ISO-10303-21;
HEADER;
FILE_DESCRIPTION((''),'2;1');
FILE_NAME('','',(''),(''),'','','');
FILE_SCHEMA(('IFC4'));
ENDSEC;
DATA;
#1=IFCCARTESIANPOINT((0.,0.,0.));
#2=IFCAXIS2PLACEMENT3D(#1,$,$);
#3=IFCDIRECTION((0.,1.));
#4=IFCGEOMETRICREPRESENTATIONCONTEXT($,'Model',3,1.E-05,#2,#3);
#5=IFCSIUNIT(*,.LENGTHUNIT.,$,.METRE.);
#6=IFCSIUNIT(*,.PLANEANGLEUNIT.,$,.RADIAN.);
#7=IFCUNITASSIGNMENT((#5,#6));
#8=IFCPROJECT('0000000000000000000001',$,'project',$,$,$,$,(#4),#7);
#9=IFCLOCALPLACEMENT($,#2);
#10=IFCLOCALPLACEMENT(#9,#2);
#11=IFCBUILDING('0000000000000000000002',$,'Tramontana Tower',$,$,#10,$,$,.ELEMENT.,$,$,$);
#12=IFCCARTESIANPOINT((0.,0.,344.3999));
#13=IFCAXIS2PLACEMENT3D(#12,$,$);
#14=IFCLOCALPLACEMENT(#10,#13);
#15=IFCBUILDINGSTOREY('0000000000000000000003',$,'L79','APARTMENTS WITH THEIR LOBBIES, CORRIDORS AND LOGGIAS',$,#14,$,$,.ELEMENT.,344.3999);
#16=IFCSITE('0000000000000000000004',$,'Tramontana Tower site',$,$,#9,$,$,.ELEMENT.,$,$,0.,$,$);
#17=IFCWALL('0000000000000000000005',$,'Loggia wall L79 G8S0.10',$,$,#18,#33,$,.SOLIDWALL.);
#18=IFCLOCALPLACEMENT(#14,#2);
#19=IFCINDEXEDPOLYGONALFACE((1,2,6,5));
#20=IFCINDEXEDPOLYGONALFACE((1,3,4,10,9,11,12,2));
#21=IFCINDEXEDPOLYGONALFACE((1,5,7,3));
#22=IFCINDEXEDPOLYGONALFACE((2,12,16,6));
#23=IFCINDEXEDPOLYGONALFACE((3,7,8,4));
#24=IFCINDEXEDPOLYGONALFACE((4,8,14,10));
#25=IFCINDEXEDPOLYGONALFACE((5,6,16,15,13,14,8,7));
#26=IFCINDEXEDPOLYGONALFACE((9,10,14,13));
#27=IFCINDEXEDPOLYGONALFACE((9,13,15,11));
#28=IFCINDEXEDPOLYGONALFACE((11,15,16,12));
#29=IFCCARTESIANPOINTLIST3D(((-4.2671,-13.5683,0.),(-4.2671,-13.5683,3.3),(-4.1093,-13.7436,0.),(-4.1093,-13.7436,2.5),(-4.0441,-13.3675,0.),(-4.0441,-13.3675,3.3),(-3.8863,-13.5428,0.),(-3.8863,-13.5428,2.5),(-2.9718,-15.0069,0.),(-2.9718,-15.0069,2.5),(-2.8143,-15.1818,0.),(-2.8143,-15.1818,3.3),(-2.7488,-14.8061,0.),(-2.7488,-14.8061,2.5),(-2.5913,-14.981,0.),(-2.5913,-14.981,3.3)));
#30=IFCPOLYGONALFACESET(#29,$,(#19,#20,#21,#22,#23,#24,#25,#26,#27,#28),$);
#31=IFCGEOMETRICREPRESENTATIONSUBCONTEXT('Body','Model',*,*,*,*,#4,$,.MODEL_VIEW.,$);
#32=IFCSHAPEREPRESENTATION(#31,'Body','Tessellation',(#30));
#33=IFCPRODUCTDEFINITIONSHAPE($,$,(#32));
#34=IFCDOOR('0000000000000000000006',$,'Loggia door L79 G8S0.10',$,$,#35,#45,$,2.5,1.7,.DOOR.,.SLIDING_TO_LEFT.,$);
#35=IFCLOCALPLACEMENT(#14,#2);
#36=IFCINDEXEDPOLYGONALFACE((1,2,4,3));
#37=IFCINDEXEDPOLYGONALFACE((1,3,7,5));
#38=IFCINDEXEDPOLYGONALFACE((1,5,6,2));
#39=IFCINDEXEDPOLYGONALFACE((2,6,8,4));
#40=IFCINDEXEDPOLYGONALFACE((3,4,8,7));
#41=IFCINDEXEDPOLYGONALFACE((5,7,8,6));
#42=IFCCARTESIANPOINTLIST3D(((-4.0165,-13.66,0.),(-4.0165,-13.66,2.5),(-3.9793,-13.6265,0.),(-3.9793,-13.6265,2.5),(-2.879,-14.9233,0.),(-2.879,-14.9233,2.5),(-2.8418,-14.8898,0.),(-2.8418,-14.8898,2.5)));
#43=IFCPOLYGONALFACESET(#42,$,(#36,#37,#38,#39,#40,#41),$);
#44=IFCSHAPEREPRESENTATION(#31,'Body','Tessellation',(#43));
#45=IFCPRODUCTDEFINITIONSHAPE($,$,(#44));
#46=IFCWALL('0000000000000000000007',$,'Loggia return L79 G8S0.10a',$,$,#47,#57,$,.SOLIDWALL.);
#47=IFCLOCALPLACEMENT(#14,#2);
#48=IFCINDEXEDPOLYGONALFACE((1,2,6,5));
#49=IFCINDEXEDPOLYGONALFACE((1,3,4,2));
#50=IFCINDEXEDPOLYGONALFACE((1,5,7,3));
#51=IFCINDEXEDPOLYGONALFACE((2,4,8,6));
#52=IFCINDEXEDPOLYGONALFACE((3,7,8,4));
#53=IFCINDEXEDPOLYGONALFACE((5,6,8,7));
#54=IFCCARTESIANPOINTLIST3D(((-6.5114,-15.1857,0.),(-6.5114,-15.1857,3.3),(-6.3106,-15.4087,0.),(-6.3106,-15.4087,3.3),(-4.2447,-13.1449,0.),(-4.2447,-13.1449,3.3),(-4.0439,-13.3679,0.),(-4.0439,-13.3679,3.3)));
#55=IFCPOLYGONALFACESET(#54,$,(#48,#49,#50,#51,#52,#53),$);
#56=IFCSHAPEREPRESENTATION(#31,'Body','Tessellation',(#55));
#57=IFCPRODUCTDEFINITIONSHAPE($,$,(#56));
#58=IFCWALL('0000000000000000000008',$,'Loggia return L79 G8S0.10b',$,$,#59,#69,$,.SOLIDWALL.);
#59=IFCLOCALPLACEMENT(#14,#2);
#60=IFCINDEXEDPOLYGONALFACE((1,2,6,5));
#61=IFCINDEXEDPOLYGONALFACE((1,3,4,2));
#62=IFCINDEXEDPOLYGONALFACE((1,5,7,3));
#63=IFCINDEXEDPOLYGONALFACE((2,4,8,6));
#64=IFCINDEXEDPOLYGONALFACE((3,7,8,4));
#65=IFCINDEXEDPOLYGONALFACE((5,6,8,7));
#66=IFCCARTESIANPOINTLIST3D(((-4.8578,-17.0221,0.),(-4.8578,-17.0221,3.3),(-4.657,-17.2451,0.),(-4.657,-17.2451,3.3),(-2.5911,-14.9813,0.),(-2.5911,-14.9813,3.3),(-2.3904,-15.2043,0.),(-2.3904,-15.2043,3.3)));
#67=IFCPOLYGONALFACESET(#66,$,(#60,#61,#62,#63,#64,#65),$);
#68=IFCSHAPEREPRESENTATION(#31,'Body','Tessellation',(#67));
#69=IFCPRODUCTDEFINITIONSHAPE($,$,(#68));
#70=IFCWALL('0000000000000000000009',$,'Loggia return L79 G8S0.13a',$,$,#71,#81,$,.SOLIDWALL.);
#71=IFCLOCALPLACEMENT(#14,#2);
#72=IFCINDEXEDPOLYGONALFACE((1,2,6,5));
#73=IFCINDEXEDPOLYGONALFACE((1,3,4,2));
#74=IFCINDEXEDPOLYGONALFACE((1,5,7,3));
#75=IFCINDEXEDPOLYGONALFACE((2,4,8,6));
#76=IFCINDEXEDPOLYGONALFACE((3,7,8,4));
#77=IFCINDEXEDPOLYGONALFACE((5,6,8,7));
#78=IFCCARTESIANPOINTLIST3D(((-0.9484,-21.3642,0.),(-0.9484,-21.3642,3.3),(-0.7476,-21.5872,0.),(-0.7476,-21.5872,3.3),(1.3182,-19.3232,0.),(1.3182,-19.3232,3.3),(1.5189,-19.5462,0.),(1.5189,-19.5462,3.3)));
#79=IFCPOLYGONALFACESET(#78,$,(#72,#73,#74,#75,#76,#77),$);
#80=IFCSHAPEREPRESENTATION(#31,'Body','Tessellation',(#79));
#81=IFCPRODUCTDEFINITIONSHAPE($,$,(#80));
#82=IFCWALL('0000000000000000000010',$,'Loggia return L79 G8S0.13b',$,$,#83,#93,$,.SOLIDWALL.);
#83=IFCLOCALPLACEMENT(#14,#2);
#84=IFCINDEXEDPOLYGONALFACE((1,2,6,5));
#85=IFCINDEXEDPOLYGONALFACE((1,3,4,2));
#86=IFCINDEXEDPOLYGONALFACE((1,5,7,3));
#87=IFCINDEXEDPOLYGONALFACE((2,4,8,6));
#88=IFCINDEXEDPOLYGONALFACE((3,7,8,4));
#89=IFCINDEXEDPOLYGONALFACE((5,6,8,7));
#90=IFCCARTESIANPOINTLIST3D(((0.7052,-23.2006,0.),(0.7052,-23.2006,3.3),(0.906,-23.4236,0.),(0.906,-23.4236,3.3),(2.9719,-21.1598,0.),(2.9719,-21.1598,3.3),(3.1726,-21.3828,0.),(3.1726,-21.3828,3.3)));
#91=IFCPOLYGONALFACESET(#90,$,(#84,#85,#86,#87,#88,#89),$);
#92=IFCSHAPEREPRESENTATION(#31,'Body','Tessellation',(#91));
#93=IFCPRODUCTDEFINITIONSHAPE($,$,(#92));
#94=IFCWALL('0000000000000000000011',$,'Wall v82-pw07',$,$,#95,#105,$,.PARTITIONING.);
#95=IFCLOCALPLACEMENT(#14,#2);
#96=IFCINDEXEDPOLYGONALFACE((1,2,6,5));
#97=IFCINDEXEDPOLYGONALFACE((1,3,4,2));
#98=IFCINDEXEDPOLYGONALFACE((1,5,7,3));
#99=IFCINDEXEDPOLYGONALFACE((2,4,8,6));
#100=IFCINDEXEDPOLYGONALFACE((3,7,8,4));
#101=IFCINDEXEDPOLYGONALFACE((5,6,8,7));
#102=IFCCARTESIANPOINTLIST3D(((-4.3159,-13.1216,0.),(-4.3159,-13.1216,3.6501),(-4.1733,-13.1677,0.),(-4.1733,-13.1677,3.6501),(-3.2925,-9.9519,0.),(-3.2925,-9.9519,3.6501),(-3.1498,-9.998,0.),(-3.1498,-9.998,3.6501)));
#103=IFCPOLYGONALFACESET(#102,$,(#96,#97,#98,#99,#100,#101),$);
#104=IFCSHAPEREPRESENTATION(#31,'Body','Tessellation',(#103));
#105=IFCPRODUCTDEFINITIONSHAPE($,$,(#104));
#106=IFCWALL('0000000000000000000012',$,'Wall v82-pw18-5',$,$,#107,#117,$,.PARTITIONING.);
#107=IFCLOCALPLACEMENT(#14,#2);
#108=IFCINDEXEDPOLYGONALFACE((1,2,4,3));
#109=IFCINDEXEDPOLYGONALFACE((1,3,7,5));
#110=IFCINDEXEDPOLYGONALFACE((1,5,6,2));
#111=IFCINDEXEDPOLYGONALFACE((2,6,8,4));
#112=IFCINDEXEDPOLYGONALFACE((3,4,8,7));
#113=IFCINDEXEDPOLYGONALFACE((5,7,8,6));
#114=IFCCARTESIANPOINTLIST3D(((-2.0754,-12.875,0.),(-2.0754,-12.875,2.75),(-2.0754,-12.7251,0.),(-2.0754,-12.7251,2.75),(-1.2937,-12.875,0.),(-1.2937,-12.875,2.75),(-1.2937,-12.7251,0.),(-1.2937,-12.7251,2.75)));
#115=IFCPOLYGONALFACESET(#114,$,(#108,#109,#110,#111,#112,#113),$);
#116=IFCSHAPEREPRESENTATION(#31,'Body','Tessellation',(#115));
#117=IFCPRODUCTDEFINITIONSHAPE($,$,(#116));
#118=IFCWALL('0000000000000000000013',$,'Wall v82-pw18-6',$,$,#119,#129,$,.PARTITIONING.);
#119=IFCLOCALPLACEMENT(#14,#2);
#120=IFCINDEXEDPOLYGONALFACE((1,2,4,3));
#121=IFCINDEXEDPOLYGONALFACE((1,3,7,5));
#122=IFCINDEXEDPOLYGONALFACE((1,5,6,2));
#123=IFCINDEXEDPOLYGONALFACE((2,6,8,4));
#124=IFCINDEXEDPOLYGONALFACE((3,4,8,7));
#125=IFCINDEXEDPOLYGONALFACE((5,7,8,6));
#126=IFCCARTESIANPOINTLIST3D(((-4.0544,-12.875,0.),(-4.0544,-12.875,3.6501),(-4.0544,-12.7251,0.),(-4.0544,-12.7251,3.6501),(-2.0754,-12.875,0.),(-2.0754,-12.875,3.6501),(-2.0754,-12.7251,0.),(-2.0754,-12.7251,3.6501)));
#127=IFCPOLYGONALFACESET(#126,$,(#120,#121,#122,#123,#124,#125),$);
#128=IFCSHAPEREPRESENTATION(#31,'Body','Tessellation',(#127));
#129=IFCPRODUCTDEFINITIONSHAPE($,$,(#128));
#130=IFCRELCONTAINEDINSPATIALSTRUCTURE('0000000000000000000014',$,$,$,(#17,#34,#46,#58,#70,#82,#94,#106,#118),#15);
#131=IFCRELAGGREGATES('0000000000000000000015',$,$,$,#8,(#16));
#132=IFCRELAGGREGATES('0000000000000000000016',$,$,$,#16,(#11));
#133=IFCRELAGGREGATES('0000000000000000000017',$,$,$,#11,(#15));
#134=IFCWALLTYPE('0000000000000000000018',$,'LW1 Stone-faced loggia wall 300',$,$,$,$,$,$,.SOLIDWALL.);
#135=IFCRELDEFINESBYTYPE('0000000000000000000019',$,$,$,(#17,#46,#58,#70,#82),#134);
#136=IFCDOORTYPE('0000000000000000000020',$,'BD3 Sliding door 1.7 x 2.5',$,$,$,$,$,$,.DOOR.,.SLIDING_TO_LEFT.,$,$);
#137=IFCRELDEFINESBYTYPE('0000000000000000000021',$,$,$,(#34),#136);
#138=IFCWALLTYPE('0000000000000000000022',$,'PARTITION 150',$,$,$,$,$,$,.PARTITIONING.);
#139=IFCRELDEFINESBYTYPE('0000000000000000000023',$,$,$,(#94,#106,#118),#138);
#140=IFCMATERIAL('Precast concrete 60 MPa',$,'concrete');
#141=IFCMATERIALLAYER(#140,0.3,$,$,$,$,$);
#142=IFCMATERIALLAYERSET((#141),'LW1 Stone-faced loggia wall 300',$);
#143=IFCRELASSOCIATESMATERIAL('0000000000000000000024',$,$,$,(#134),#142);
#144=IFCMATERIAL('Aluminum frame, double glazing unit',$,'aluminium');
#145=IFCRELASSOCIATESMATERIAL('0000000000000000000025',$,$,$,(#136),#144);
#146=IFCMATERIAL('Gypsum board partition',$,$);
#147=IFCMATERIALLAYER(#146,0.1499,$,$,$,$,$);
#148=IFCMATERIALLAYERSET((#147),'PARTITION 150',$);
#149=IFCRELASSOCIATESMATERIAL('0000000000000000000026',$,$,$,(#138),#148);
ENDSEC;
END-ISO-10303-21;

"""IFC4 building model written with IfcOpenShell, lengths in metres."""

from ifc_helpers import new_model, si_unit, direction, frame, frame_2d, origin, place, context, subcontext, project, spatial, rectangle, extrude, material, layer, layer_set, type_object, element, fill, save


model = new_model("IFC4")

# Units and contexts
model_context = context("Model", 3, precision=1e-05, world=origin(), true_north=direction((0.0, 1.0)))
body_context = subcontext(model_context, "Body", "Model", "MODEL_VIEW")
ifc_project = project(units=[si_unit("LENGTHUNIT", "METRE"), si_unit("PLANEANGLEUNIT", "RADIAN")], contexts=[model_context])

# Site, building, storey
site_placement = place(None, origin())
site = spatial("IfcSite", under=ifc_project, at=site_placement, Name="Tramontana Tower site", CompositionType="ELEMENT", RefElevation=0.0)
building_placement = place(site_placement, origin())
building = spatial("IfcBuilding", under=site, at=building_placement, Name="Tramontana Tower", CompositionType="ELEMENT")
storey_placement = place(building_placement, frame((0.0, 0.0, 344.3999)))
storey = spatial("IfcBuildingStorey", under=building, at=storey_placement, Name="L79", Description="APARTMENTS WITH THEIR LOBBIES, CORRIDORS AND LOGGIAS", CompositionType="ELEMENT", Elevation=344.3999)

# Wall, opening, door
ifc_material_1 = material(Name="Precast concrete 60 MPa", Category="concrete")
ifc_layer_1 = layer(ifc_material_1, 0.3)
ifc_layer_set_1 = layer_set([ifc_layer_1], Name="LW1 Stone-faced loggia wall 300")
wall_type_1 = type_object("IfcWallType", Name="LW1 Stone-faced loggia wall 300", PredefinedType="SOLIDWALL", material=ifc_layer_set_1)
wall_1_placement = place(storey_placement, frame((-4.1555, -13.468, 0.0), z_axis=(0.0, 0.0, 1.0), x_axis=(0.669145, -0.743132, 0.0)))
wall_1 = element("IfcWall", 1, at=wall_1_placement, inside=storey, type_object=wall_type_1, Name="Loggia wall L79 G8S0.10", PredefinedType="SOLIDWALL", context=body_context, shape_type="SweptSolid", body=[
    extrude(rectangle(XDim=2.1711, YDim=0.3, at=frame_2d((1.0854, 0.0))), origin(), (0.0, 0.0, 1.0), 3.3),
])
opening_1_placement = place(wall_1_placement, frame((0.2356, 0.0, 0.0)))
opening_1 = element("IfcOpeningElement", 2, at=opening_1_placement, cuts=wall_1, PredefinedType="OPENING", context=body_context, shape_type="SweptSolid", body=[
    extrude(rectangle(XDim=1.7, YDim=2.5, at=frame_2d((0.8501, 1.25))), frame((0.0, 0.1599, 0.0), z_axis=(0.0, -1.0, 0.0), x_axis=(1.0, 0.0, 0.0)), (0.0, 0.0, 1.0), 0.3201),
])
ifc_material_2 = material(Name="Aluminum frame, double glazing unit", Category="aluminium")
door_type_1 = type_object("IfcDoorType", Name="BD3 Sliding door 1.7 x 2.5", OperationType="SLIDING_TO_LEFT", PredefinedType="DOOR", material=ifc_material_2)
door_1_placement = place(opening_1_placement, origin())
door_1 = element("IfcDoor", 3, at=door_1_placement, inside=storey, type_object=door_type_1, Name="Loggia door L79 G8S0.10", OperationType="SLIDING_TO_LEFT", OverallHeight=2.5, OverallWidth=1.7, PredefinedType="DOOR", context=body_context, shape_type="SweptSolid", body=[
    extrude(rectangle(XDim=1.7, YDim=2.5, at=frame_2d((0.8501, 1.25))), frame((0.0, 0.0249, 0.0), z_axis=(0.0, -1.0, 0.0), x_axis=(1.0, 0.0, 0.0)), (0.0, 0.0, 1.0), 0.05),
])
fill(opening_1, door_1)

# Walls
for number, where, z_axis, x_axis, name in (
    (4, (-6.4109, -15.2971, 0.0), (0.0, 0.0, 1.0), (0.743159, 0.669115, 0.0), "Loggia return L79 G8S0.10a"),
    (5, (-4.7573, -17.1335, 0.0), (0.0, 0.0, 1.0), (0.743159, 0.669115, 0.0), "Loggia return L79 G8S0.10b"),
    (6, (-0.8479, -21.4756, 0.0), (0.0, 0.0, 1.0), (0.743119, 0.669159, 0.0), "Loggia return L79 G8S0.13a"),
    (7, (0.8057, -23.312, 0.0), (0.0, 0.0, 1.0), (0.743159, 0.669115, 0.0), "Loggia return L79 G8S0.13b"),
):
    element("IfcWall", number, at=place(storey_placement, frame(where, z_axis=z_axis, x_axis=x_axis)), inside=storey, type_object=wall_type_1, Name=name, PredefinedType="SOLIDWALL", context=body_context, shape_type="SweptSolid", body=[
        extrude(rectangle(XDim=3.05, YDim=0.3, at=frame_2d((1.5249, 0.0))), origin(), (0.0, 0.0, 1.0), 3.3),
    ])
ifc_material_3 = material(Name="Gypsum board partition")
ifc_layer_2 = layer(ifc_material_3, 0.1499)
ifc_layer_set_2 = layer_set([ifc_layer_2], Name="PARTITION 150")
wall_type_2 = type_object("IfcWallType", Name="PARTITION 150", PredefinedType="PARTITIONING", material=ifc_layer_set_2)
wall_2_placement = place(storey_placement, frame((-4.2446, -13.1448, 0.0), z_axis=(0.0, 0.0, 1.0), x_axis=(0.307264, 0.951624, 0.0)))
element("IfcWall", 8, at=wall_2_placement, inside=storey, type_object=wall_type_2, Name="Wall v82-pw07", PredefinedType="PARTITIONING", context=body_context, shape_type="SweptSolid", body=[
    extrude(rectangle(XDim=3.3308, YDim=0.1499, at=frame_2d((1.6655, 0.0))), origin(), (0.0, 0.0, 1.0), 3.6501),
])

# Walls
wall_3_placement = place(storey_placement, frame((-1.2937, -12.8, 0.0), z_axis=(0.0, 0.0, 1.0), x_axis=(-1.0, 0.0, 0.0)))
element("IfcWall", 9, at=wall_3_placement, inside=storey, type_object=wall_type_2, Name="Wall v82-pw18-5", PredefinedType="PARTITIONING", context=body_context, shape_type="SweptSolid", body=[
    extrude(rectangle(XDim=0.7817, YDim=0.1499, at=frame_2d((0.3909, 0.0))), origin(), (0.0, 0.0, 1.0), 2.75),
])
wall_4_placement = place(storey_placement, frame((-2.0754, -12.8, 0.0), z_axis=(0.0, 0.0, 1.0), x_axis=(-1.0, 0.0, 0.0)))
element("IfcWall", 10, at=wall_4_placement, inside=storey, type_object=wall_type_2, Name="Wall v82-pw18-6", PredefinedType="PARTITIONING", context=body_context, shape_type="SweptSolid", body=[
    extrude(rectangle(XDim=1.979, YDim=0.1499, at=frame_2d((0.9895, 0.0))), origin(), (0.0, 0.0, 1.0), 3.6501),
])

save(model, "model.ifc")
